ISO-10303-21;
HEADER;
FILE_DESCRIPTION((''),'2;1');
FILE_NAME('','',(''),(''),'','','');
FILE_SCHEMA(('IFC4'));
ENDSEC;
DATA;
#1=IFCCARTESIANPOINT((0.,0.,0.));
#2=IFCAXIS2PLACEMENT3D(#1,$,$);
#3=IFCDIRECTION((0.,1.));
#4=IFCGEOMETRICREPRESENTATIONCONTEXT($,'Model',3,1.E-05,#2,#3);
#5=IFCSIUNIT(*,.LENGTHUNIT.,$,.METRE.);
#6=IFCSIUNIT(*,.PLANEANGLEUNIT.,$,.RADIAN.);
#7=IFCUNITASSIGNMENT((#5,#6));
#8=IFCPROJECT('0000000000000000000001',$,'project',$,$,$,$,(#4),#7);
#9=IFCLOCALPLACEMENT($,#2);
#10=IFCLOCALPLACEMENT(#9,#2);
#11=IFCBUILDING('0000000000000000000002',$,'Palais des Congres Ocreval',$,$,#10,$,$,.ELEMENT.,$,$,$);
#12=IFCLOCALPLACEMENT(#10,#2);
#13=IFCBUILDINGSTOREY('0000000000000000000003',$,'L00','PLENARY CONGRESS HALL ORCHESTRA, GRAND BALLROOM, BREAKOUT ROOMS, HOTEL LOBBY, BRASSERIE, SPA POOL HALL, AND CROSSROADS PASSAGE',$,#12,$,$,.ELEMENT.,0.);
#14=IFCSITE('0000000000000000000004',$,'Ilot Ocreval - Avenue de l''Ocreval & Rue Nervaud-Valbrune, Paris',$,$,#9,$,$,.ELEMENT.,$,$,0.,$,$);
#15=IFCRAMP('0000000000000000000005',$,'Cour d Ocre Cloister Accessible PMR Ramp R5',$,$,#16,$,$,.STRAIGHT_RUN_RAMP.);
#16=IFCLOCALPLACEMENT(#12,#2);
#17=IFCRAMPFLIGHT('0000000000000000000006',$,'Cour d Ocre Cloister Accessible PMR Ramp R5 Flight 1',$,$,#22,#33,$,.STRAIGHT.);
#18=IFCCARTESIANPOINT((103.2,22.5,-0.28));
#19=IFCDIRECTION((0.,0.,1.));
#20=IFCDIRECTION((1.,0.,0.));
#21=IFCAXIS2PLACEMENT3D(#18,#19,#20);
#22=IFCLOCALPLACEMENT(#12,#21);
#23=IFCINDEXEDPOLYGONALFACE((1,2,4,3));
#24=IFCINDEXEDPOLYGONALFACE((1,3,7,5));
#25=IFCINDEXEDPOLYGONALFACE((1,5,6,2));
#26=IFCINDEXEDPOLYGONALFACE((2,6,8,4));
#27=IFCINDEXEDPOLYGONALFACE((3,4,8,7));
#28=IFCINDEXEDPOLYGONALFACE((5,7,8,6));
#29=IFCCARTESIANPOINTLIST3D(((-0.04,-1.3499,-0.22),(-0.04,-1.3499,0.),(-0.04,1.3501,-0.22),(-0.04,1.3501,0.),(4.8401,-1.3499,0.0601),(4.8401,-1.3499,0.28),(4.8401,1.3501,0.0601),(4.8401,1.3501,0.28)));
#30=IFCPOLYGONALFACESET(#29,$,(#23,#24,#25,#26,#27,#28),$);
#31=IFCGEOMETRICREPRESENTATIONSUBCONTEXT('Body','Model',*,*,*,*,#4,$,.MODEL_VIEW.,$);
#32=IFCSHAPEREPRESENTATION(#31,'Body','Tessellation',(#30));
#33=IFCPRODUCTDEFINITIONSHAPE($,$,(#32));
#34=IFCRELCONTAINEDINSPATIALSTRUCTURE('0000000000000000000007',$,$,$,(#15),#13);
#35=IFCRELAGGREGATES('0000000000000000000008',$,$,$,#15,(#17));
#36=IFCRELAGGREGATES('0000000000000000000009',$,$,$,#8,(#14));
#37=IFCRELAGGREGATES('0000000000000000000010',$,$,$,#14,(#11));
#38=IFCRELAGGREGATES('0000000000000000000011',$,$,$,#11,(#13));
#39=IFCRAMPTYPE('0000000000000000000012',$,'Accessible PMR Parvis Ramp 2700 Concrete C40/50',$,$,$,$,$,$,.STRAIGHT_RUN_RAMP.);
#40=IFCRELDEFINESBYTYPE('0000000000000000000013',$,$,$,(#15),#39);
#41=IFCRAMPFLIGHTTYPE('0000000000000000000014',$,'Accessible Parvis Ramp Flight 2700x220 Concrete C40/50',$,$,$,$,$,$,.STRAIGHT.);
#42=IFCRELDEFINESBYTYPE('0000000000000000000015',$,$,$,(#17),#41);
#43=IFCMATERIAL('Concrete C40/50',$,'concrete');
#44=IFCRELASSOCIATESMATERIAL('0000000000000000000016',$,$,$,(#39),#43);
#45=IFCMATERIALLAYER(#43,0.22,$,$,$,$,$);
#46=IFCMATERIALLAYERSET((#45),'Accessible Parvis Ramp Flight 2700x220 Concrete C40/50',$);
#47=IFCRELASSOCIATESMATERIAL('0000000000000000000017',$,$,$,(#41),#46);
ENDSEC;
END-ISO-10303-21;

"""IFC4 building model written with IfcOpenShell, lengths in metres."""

from ifc_helpers import new_model, si_unit, direction, frame, origin, place, context, subcontext, project, spatial, polyline, outline, extrude, material, layer, layer_set, type_object, element, aggregate, save


model = new_model("IFC4")

# Units and contexts
model_context = context("Model", 3, precision=1e-05, world=origin(), true_north=direction((0.0, 1.0)))
body_context = subcontext(model_context, "Body", "Model", "MODEL_VIEW")
ifc_project = project(units=[si_unit("LENGTHUNIT", "METRE"), si_unit("PLANEANGLEUNIT", "RADIAN")], contexts=[model_context])

# Site, building, storey
site_placement = place(None, origin())
site = spatial("IfcSite", under=ifc_project, at=site_placement, Name="Ilot Ocreval - Avenue de l'Ocreval & Rue Nervaud-Valbrune, Paris", CompositionType="ELEMENT", RefElevation=0.0)
building_placement = place(site_placement, origin())
building = spatial("IfcBuilding", under=site, at=building_placement, Name="Palais des Congres Ocreval", CompositionType="ELEMENT")
storey_placement = place(building_placement, origin())
storey = spatial("IfcBuildingStorey", under=building, at=storey_placement, Name="L00", Description="PLENARY CONGRESS HALL ORCHESTRA, GRAND BALLROOM, BREAKOUT ROOMS, HOTEL LOBBY, BRASSERIE, SPA POOL HALL, AND CROSSROADS PASSAGE", CompositionType="ELEMENT", Elevation=0.0)

# Shared definitions
ifc_material_1 = material(Name="Concrete C40/50", Category="concrete")

# Ramp, ramp flight
ramp_type = type_object("IfcRampType", Name="Accessible PMR Parvis Ramp 2700 Concrete C40/50", PredefinedType="STRAIGHT_RUN_RAMP", material=ifc_material_1)
ramp_placement = place(storey_placement, origin())
ramp = element("IfcRamp", 1, at=ramp_placement, inside=storey, type_object=ramp_type, Name="Cour d Ocre Cloister Accessible PMR Ramp R5", PredefinedType="STRAIGHT_RUN_RAMP")
ifc_layer_1 = layer(ifc_material_1, 0.22)
ifc_layer_set_1 = layer_set([ifc_layer_1], Name="Accessible Parvis Ramp Flight 2700x220 Concrete C40/50")
ramp_flight_type = type_object("IfcRampFlightType", Name="Accessible Parvis Ramp Flight 2700x220 Concrete C40/50", PredefinedType="STRAIGHT", material=ifc_layer_set_1)
ramp_flight_placement = place(storey_placement, frame((103.2, 22.5, -0.28), z_axis=(0.0, 0.0, 1.0), x_axis=(1.0, 0.0, 0.0)))
ramp_flight = element("IfcRampFlight", 2, at=ramp_flight_placement, type_object=ramp_flight_type, Name="Cour d Ocre Cloister Accessible PMR Ramp R5 Flight 1", PredefinedType="STRAIGHT", context=body_context, shape_type="SweptSolid", body=[
    extrude(outline(polyline([(-0.04, 0.0), (4.8401, 0.28), (4.8401, 0.0601), (-0.04, -0.22), (-0.04, 0.0)])), frame((0.0, 1.3501, 0.0), z_axis=(0.0, -1.0, 0.0), x_axis=(1.0, 0.0, 0.0)), (0.0, 0.0, 1.0), 2.7),
])
aggregate(ramp, [ramp_flight])

save(model, "model.ifc")
